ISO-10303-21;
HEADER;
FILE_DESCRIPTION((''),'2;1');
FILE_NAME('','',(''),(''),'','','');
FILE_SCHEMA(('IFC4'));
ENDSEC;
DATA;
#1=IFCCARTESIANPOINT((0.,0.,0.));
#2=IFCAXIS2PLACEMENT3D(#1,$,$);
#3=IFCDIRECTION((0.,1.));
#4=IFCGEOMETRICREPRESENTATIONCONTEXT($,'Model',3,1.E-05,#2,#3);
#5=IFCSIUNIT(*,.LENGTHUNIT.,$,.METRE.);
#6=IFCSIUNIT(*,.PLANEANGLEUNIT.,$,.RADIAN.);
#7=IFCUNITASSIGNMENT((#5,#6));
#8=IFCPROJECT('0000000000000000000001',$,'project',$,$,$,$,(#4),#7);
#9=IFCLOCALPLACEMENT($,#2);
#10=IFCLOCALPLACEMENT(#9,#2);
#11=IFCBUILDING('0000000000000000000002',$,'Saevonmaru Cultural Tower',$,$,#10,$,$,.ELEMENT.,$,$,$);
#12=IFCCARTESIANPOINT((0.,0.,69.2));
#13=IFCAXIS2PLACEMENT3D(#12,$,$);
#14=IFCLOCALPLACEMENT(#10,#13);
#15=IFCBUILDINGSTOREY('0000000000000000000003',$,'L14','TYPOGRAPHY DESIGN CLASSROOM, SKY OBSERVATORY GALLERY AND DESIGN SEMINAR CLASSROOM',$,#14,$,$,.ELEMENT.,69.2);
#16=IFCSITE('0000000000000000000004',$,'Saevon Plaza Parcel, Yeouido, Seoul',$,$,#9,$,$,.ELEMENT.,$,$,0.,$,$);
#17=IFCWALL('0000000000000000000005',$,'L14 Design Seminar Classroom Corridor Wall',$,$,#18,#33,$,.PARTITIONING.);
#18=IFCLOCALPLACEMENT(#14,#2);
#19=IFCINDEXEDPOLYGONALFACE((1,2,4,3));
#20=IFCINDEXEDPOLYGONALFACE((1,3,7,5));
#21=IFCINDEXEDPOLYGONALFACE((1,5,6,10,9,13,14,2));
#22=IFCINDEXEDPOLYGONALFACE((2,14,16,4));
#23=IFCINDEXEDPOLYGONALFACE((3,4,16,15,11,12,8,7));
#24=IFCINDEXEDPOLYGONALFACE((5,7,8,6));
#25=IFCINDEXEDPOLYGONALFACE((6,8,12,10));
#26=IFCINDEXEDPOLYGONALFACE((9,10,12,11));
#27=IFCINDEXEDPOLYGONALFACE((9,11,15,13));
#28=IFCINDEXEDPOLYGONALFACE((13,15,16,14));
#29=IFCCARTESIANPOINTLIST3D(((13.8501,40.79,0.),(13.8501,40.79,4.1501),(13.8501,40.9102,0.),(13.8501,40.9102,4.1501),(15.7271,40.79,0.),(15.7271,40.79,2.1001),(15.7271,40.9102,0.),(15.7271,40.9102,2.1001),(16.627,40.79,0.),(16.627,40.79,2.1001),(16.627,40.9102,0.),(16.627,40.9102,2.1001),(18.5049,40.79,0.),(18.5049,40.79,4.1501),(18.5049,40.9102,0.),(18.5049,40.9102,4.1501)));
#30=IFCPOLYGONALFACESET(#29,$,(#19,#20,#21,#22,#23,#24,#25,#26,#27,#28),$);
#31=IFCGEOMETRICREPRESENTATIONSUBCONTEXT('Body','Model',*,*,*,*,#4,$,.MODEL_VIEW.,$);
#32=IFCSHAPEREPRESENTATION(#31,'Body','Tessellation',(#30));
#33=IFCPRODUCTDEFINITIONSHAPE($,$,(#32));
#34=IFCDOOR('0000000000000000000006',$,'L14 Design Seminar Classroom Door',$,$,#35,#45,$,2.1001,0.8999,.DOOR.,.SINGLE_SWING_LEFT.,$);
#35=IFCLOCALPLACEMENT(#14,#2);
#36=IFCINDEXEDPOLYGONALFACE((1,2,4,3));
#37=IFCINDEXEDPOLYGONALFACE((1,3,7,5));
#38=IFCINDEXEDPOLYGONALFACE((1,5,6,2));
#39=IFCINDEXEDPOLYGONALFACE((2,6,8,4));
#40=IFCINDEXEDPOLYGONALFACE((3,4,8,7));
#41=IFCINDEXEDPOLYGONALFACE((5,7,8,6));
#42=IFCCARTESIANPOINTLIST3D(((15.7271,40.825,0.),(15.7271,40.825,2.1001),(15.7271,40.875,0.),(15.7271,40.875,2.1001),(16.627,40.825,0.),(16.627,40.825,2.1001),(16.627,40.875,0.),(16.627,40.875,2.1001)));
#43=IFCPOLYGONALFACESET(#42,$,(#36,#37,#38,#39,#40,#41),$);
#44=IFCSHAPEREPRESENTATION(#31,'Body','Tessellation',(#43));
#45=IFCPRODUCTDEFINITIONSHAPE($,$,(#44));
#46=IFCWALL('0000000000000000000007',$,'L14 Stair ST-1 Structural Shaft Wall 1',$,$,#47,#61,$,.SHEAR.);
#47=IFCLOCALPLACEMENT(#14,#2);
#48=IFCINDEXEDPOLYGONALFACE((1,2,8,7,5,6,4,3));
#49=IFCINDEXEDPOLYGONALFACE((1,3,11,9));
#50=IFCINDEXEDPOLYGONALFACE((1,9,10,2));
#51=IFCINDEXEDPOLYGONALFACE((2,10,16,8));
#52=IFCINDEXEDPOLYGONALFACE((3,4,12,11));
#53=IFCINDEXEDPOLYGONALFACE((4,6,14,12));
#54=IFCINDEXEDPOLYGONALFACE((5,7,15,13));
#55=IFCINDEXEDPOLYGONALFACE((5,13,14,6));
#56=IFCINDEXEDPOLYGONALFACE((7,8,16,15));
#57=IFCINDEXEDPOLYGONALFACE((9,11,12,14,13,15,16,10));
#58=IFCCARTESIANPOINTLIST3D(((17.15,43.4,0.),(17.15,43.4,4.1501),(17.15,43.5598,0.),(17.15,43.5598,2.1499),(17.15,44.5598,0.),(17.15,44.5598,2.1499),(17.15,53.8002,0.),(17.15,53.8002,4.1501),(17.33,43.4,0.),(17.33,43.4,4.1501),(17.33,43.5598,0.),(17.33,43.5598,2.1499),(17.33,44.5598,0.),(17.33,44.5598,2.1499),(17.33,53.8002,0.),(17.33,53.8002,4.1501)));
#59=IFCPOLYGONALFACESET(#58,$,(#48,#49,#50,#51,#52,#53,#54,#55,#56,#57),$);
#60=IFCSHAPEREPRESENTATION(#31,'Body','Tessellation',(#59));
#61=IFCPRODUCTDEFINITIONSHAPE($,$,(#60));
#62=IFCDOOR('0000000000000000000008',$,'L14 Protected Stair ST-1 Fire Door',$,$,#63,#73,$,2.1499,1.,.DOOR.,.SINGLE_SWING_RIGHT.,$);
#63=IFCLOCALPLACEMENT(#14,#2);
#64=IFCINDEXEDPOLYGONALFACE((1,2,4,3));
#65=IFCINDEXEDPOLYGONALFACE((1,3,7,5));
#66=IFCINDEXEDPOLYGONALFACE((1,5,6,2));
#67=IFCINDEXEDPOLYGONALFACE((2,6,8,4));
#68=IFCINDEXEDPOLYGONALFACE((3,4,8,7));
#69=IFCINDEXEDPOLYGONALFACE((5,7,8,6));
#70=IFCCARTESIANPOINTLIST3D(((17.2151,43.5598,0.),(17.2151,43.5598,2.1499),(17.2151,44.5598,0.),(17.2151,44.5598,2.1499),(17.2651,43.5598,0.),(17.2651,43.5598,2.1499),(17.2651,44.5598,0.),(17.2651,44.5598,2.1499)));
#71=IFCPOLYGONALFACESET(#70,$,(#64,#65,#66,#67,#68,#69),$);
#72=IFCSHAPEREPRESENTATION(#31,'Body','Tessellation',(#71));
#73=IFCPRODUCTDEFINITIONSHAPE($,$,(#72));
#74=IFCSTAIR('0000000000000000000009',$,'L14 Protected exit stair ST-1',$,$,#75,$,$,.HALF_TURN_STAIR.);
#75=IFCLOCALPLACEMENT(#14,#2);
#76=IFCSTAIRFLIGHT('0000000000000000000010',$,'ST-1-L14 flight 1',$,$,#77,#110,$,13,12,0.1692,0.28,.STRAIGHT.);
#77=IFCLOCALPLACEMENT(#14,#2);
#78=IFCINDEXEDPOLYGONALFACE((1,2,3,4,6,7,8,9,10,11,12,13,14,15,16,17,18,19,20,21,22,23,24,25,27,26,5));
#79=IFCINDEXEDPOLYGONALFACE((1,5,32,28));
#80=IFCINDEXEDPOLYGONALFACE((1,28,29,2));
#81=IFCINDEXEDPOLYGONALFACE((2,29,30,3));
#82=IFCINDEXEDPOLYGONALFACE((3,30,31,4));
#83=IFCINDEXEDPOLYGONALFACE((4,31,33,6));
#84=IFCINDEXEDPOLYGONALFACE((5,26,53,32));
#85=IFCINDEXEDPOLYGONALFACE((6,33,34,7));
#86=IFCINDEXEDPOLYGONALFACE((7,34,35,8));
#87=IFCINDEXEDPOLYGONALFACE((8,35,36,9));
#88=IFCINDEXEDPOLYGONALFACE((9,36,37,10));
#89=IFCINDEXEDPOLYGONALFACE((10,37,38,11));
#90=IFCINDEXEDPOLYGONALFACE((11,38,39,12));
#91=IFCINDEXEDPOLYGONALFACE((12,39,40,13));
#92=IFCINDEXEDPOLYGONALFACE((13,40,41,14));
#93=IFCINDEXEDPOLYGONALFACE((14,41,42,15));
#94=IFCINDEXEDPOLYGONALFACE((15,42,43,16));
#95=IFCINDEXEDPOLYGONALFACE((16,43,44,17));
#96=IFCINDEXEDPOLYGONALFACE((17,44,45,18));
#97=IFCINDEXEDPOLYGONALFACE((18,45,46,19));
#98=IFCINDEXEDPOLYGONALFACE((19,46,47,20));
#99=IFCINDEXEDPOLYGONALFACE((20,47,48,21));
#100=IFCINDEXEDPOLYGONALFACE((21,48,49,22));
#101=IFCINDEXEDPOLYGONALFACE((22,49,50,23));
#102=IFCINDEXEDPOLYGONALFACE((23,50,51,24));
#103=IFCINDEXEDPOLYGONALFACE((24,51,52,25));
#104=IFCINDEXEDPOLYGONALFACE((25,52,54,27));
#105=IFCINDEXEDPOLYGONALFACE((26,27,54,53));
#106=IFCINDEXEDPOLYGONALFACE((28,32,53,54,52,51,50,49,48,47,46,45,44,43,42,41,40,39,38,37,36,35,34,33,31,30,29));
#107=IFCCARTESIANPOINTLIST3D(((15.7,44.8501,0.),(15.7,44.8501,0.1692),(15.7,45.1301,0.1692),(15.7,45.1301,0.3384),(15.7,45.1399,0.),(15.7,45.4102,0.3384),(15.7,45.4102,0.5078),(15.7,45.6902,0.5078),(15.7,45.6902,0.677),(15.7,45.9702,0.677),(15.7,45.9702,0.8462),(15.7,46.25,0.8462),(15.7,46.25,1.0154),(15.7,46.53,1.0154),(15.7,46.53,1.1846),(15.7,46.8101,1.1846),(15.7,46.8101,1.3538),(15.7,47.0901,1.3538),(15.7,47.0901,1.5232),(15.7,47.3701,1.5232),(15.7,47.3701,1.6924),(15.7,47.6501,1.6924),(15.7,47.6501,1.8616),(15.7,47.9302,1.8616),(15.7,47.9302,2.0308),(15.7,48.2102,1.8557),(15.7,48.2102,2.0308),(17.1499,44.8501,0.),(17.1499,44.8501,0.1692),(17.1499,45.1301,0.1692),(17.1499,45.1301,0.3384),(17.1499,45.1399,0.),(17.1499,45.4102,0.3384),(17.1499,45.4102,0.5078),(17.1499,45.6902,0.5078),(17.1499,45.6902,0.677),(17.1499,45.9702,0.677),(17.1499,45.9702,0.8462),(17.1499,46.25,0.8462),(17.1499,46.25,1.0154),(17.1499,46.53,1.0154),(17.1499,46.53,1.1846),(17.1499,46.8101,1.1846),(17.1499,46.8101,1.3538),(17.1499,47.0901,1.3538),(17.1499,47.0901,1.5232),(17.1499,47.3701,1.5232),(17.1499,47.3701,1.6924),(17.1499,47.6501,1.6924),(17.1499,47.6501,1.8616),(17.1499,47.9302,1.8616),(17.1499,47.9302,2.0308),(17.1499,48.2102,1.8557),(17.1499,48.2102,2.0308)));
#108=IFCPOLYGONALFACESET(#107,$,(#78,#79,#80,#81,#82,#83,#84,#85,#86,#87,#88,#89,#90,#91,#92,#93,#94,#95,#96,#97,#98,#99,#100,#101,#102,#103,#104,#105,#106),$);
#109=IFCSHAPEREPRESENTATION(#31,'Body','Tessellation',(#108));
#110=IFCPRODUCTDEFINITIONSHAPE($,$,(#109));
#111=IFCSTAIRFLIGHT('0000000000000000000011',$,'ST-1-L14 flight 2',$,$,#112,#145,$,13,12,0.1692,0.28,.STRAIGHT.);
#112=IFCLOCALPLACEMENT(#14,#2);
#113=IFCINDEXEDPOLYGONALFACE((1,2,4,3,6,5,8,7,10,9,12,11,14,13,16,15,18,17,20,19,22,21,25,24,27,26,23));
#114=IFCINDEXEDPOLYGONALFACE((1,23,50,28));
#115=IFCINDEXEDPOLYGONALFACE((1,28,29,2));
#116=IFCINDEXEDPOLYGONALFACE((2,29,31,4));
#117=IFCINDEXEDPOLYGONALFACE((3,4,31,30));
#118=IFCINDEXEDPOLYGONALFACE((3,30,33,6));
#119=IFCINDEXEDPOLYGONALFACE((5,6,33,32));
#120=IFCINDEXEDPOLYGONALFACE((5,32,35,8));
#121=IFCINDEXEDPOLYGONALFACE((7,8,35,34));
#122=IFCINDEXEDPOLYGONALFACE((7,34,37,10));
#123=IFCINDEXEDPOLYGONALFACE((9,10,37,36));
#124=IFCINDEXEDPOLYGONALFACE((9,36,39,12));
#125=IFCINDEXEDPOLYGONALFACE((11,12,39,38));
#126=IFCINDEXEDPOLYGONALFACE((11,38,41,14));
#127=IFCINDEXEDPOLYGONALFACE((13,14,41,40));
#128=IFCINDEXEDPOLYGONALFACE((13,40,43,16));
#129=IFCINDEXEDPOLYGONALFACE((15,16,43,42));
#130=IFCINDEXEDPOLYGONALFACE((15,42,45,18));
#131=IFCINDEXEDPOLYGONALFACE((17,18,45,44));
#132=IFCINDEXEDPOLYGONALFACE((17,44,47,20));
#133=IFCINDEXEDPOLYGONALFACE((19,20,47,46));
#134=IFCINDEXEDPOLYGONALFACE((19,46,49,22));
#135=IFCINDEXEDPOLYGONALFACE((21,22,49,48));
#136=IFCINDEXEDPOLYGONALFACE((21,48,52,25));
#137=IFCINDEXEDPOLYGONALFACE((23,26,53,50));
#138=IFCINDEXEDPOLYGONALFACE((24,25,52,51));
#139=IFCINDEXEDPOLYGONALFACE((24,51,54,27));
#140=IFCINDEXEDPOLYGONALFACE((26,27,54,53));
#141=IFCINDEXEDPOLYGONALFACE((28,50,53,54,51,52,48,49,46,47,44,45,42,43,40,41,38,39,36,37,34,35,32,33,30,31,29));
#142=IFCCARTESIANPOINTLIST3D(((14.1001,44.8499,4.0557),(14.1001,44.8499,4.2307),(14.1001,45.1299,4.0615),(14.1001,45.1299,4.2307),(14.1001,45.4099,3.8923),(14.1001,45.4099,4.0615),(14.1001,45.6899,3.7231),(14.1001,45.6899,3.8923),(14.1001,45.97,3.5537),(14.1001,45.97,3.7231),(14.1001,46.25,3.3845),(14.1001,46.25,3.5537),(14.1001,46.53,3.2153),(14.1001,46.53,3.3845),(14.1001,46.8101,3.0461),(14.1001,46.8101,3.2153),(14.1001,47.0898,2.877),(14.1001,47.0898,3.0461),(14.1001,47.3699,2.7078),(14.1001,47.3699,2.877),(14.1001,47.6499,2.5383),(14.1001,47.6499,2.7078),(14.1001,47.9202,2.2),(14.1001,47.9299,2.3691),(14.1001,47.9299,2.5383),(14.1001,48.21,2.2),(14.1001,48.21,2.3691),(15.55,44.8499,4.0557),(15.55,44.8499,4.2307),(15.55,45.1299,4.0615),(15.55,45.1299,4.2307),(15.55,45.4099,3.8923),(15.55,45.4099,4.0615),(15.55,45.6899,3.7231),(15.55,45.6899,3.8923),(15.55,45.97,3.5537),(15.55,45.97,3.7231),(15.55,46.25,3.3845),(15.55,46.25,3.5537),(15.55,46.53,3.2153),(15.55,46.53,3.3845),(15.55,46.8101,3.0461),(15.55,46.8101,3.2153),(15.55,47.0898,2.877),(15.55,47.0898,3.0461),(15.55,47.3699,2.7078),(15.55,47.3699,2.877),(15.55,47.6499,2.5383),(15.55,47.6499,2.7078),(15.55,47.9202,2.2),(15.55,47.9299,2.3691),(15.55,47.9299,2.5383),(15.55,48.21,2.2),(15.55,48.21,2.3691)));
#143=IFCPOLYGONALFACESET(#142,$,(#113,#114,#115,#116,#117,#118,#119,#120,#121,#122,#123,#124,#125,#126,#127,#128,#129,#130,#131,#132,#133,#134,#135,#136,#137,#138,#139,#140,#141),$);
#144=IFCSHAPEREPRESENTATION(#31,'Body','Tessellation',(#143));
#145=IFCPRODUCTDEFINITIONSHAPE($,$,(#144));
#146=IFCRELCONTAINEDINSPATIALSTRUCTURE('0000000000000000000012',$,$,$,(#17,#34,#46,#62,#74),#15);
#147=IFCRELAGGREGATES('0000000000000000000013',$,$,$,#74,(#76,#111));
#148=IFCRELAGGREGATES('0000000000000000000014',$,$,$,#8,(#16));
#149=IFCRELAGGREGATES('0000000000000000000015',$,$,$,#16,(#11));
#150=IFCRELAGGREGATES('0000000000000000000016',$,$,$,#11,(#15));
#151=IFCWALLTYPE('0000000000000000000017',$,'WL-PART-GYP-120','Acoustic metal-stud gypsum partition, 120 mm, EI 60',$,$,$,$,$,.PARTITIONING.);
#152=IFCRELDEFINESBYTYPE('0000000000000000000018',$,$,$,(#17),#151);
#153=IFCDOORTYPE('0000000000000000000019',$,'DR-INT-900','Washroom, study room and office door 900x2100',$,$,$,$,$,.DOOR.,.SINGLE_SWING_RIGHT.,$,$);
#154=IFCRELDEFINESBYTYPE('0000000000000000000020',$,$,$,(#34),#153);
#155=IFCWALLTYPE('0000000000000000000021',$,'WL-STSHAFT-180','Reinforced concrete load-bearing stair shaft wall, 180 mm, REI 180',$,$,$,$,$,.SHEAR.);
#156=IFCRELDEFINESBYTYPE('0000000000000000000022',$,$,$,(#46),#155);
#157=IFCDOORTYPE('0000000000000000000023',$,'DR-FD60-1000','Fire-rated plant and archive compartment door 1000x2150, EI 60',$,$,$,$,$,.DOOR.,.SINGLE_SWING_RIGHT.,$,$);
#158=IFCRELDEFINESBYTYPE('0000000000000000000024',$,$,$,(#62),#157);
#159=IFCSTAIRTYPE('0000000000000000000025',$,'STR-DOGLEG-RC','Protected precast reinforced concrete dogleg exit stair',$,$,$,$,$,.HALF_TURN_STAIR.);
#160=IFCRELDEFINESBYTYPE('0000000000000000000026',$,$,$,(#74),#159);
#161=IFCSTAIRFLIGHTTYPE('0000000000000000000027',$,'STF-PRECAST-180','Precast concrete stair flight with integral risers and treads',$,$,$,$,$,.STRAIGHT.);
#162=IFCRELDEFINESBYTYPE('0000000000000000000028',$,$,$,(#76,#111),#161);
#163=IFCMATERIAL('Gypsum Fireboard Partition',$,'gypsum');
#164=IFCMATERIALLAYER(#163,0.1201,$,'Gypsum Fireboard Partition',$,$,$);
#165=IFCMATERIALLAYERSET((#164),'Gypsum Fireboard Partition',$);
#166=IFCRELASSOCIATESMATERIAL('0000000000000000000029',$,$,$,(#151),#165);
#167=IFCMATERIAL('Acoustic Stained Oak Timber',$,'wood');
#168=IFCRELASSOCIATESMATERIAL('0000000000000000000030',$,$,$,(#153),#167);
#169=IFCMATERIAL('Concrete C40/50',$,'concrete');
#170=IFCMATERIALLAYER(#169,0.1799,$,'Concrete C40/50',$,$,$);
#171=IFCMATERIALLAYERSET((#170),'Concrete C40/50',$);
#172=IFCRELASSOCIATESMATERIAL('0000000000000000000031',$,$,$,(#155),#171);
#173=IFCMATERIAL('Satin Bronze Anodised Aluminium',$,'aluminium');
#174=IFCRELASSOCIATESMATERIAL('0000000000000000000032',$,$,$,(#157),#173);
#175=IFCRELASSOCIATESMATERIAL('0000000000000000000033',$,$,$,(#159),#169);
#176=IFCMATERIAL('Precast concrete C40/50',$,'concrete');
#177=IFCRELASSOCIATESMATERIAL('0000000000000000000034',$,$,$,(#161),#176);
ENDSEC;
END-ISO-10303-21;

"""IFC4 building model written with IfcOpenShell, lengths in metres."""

from ifc_helpers import new_model, si_unit, direction, frame, frame_2d, origin, place, context, subcontext, project, spatial, polyline, rectangle, outline, extrude, material, layer, layer_set, type_object, element, fill, aggregate, save


model = new_model("IFC4")

# Units and contexts
model_context = context("Model", 3, precision=1e-05, world=origin(), true_north=direction((0.0, 1.0)))
body_context = subcontext(model_context, "Body", "Model", "MODEL_VIEW")
ifc_project = project(units=[si_unit("LENGTHUNIT", "METRE"), si_unit("PLANEANGLEUNIT", "RADIAN")], contexts=[model_context])

# Site, building, storey
site_placement = place(None, origin())
site = spatial("IfcSite", under=ifc_project, at=site_placement, Name="Saevon Plaza Parcel, Yeouido, Seoul", CompositionType="ELEMENT", RefElevation=0.0)
building_placement = place(site_placement, origin())
building = spatial("IfcBuilding", under=site, at=building_placement, Name="Saevonmaru Cultural Tower", CompositionType="ELEMENT")
storey_placement = place(building_placement, frame((0.0, 0.0, 69.2)))
storey = spatial("IfcBuildingStorey", under=building, at=storey_placement, Name="L14", Description="TYPOGRAPHY DESIGN CLASSROOM, SKY OBSERVATORY GALLERY AND DESIGN SEMINAR CLASSROOM", CompositionType="ELEMENT", Elevation=69.2)

# Shared definitions
ifc_material_1 = material(Name="Satin Bronze Anodised Aluminium", Category="aluminium")

# Shared definitions
ifc_material_2 = material(Name="Gypsum Fireboard Partition", Category="gypsum")

# Shared definitions
ifc_layer_1 = layer(ifc_material_2, 0.1201, Name="Gypsum Fireboard Partition")
ifc_layer_set_1 = layer_set([ifc_layer_1], Name="Gypsum Fireboard Partition")
wall_type_1 = type_object("IfcWallType", Name="WL-PART-GYP-120", Description="Acoustic metal-stud gypsum partition, 120 mm, EI 60", PredefinedType="PARTITIONING", material=ifc_layer_set_1)

# Walls, openings, doors
wall_1_placement = place(storey_placement, frame((13.8501, 40.8501, 0.0), z_axis=(0.0, 0.0, 1.0), x_axis=(1.0, 0.0, 0.0)))
wall_1 = element("IfcWall", 1, at=wall_1_placement, inside=storey, type_object=wall_type_1, Name="L14 Design Seminar Classroom Corridor Wall", PredefinedType="PARTITIONING", context=body_context, shape_type="SweptSolid", body=[
    extrude(rectangle(XDim=4.6548, YDim=0.1201, at=frame_2d((2.3274, 0.0))), origin(), (0.0, 0.0, 1.0), 4.1501),
])
opening_1_placement = place(wall_1_placement, frame((1.877, 0.0, 0.0)))
opening_1 = element("IfcOpeningElement", 2, at=opening_1_placement, cuts=wall_1, PredefinedType="OPENING", context=body_context, shape_type="SweptSolid", body=[
    extrude(rectangle(XDim=0.8999, YDim=2.1001, at=frame_2d((0.45, 1.05))), frame((0.0, 0.0701, 0.0), z_axis=(0.0, -1.0, 0.0), x_axis=(1.0, 0.0, 0.0)), (0.0, 0.0, 1.0), 0.1401),
])
ifc_material_3 = material(Name="Acoustic Stained Oak Timber", Category="wood")
door_type_1 = type_object("IfcDoorType", Name="DR-INT-900", Description="Washroom, study room and office door 900x2100", OperationType="SINGLE_SWING_RIGHT", PredefinedType="DOOR", material=ifc_material_3)
door_1_placement = place(opening_1_placement, origin())
door_1 = element("IfcDoor", 3, at=door_1_placement, inside=storey, type_object=door_type_1, Name="L14 Design Seminar Classroom Door", OperationType="SINGLE_SWING_LEFT", OverallHeight=2.1001, OverallWidth=0.8999, PredefinedType="DOOR", context=body_context, shape_type="SweptSolid", body=[
    extrude(rectangle(XDim=0.8999, YDim=2.1001, at=frame_2d((0.45, 1.05))), frame((0.0, 0.0249, 0.0), z_axis=(0.0, -1.0, 0.0), x_axis=(1.0, 0.0, 0.0)), (0.0, 0.0, 1.0), 0.05),
])
fill(opening_1, door_1)
ifc_material_4 = material(Name="Concrete C40/50", Category="concrete")
ifc_layer_2 = layer(ifc_material_4, 0.1799, Name="Concrete C40/50")
ifc_layer_set_2 = layer_set([ifc_layer_2], Name="Concrete C40/50")
wall_type_2 = type_object("IfcWallType", Name="WL-STSHAFT-180", Description="Reinforced concrete load-bearing stair shaft wall, 180 mm, REI 180", PredefinedType="SHEAR", material=ifc_layer_set_2)
wall_2_placement = place(storey_placement, frame((17.24, 43.3999, 0.0), z_axis=(0.0, 0.0, 1.0), x_axis=(0.0, 1.0, 0.0)))
wall_2 = element("IfcWall", 4, at=wall_2_placement, inside=storey, type_object=wall_type_2, Name="L14 Stair ST-1 Structural Shaft Wall 1", PredefinedType="SHEAR", context=body_context, shape_type="SweptSolid", body=[
    extrude(rectangle(XDim=10.4001, YDim=0.1799, at=frame_2d((5.2002, 0.0))), origin(), (0.0, 0.0, 1.0), 4.1501),
])
opening_2_placement = place(wall_2_placement, frame((0.1599, 0.0, 0.0)))
opening_2 = element("IfcOpeningElement", 5, at=opening_2_placement, cuts=wall_2, PredefinedType="OPENING", context=body_context, shape_type="SweptSolid", body=[
    extrude(rectangle(XDim=1.0, YDim=2.1499, at=frame_2d((0.5, 1.075))), frame((0.0, 0.1001, 0.0), z_axis=(0.0, -1.0, 0.0), x_axis=(1.0, 0.0, 0.0)), (0.0, 0.0, 1.0), 0.2),
])
door_type_2 = type_object("IfcDoorType", Name="DR-FD60-1000", Description="Fire-rated plant and archive compartment door 1000x2150, EI 60", OperationType="SINGLE_SWING_RIGHT", PredefinedType="DOOR", material=ifc_material_1)
door_2_placement = place(opening_2_placement, origin())
door_2 = element("IfcDoor", 6, at=door_2_placement, inside=storey, type_object=door_type_2, Name="L14 Protected Stair ST-1 Fire Door", OperationType="SINGLE_SWING_RIGHT", OverallHeight=2.1499, OverallWidth=1.0, PredefinedType="DOOR", context=body_context, shape_type="SweptSolid", body=[
    extrude(rectangle(XDim=1.0, YDim=2.1499, at=frame_2d((0.5, 1.075))), frame((0.0, 0.0249, 0.0), z_axis=(0.0, -1.0, 0.0), x_axis=(1.0, 0.0, 0.0)), (0.0, 0.0, 1.0), 0.05),
])
fill(opening_2, door_2)

# Stair, stair flights
stair_type = type_object("IfcStairType", Name="STR-DOGLEG-RC", Description="Protected precast reinforced concrete dogleg exit stair", PredefinedType="HALF_TURN_STAIR", material=ifc_material_4)
stair_placement = place(storey_placement, origin())
stair = element("IfcStair", 7, at=stair_placement, inside=storey, type_object=stair_type, Name="L14 Protected exit stair ST-1", PredefinedType="HALF_TURN_STAIR")
ifc_material_5 = material(Name="Precast concrete C40/50", Category="concrete")
stair_flight_type = type_object("IfcStairFlightType", Name="STF-PRECAST-180", Description="Precast concrete stair flight with integral risers and treads", PredefinedType="STRAIGHT", material=ifc_material_5)
stair_flight_1_placement = place(storey_placement, frame((16.425, 44.8501, 0.0), z_axis=(0.0, 0.0, 1.0), x_axis=(0.0, 1.0, 0.0)))
stair_flight_1 = element("IfcStairFlight", 8, at=stair_flight_1_placement, type_object=stair_flight_type, Name="ST-1-L14 flight 1", NumberOfRisers=13, NumberOfTreads=12, PredefinedType="STRAIGHT", RiserHeight=0.1692, TreadLength=0.28, context=body_context, shape_type="SweptSolid", body=[
    extrude(outline(polyline([(0.0, 0.0), (0.0, 0.1692), (0.28, 0.1692), (0.28, 0.3384), (0.5601, 0.3384), (0.5601, 0.5078), (0.8401, 0.5078), (0.8401, 0.677), (1.1201, 0.677), (1.1201, 0.8462), (1.3999, 0.8462), (1.3999, 1.0154), (1.6799, 1.0154), (1.6799, 1.1846), (1.96, 1.1846), (1.96, 1.3538), (2.24, 1.3538), (2.24, 1.5232), (2.52, 1.5232), (2.52, 1.6924), (2.8, 1.6924), (2.8, 1.8616), (3.0801, 1.8616), (3.0801, 2.0308), (3.3601, 2.0308), (3.3601, 2.2), (3.3601, 1.8557), (0.2898, 0.0), (0.0, 0.0)])), frame((0.0, 0.7251, 0.0), z_axis=(0.0, -1.0, 0.0), x_axis=(1.0, 0.0, 0.0)), (0.0, 0.0, 1.0), 1.45),
])
stair_flight_2_placement = place(storey_placement, frame((14.825, 48.21, 2.2), z_axis=(0.0, 0.0, 1.0), x_axis=(0.0, -1.0, 0.0)))
stair_flight_2 = element("IfcStairFlight", 9, at=stair_flight_2_placement, type_object=stair_flight_type, Name="ST-1-L14 flight 2", NumberOfRisers=13, NumberOfTreads=12, PredefinedType="STRAIGHT", RiserHeight=0.1692, TreadLength=0.28, context=body_context, shape_type="SweptSolid", body=[
    extrude(outline(polyline([(0.0, 0.0), (0.0, 0.1692), (0.28, 0.1692), (0.28, 0.3384), (0.5601, 0.3384), (0.5601, 0.5078), (0.8401, 0.5078), (0.8401, 0.677), (1.1201, 0.677), (1.1201, 0.8462), (1.3999, 0.8462), (1.3999, 1.0154), (1.6799, 1.0154), (1.6799, 1.1846), (1.96, 1.1846), (1.96, 1.3538), (2.24, 1.3538), (2.24, 1.5232), (2.52, 1.5232), (2.52, 1.6924), (2.8, 1.6924), (2.8, 1.8616), (3.0801, 1.8616), (3.0801, 2.0308), (3.3601, 2.0308), (3.3601, 2.2), (3.3601, 1.8557), (0.2898, 0.0), (0.0, 0.0)])), frame((0.0, 0.7251, 0.0), z_axis=(0.0, -1.0, 0.0), x_axis=(1.0, 0.0, 0.0)), (0.0, 0.0, 1.0), 1.45),
])
aggregate(stair, [stair_flight_1, stair_flight_2])

save(model, "model.ifc")
